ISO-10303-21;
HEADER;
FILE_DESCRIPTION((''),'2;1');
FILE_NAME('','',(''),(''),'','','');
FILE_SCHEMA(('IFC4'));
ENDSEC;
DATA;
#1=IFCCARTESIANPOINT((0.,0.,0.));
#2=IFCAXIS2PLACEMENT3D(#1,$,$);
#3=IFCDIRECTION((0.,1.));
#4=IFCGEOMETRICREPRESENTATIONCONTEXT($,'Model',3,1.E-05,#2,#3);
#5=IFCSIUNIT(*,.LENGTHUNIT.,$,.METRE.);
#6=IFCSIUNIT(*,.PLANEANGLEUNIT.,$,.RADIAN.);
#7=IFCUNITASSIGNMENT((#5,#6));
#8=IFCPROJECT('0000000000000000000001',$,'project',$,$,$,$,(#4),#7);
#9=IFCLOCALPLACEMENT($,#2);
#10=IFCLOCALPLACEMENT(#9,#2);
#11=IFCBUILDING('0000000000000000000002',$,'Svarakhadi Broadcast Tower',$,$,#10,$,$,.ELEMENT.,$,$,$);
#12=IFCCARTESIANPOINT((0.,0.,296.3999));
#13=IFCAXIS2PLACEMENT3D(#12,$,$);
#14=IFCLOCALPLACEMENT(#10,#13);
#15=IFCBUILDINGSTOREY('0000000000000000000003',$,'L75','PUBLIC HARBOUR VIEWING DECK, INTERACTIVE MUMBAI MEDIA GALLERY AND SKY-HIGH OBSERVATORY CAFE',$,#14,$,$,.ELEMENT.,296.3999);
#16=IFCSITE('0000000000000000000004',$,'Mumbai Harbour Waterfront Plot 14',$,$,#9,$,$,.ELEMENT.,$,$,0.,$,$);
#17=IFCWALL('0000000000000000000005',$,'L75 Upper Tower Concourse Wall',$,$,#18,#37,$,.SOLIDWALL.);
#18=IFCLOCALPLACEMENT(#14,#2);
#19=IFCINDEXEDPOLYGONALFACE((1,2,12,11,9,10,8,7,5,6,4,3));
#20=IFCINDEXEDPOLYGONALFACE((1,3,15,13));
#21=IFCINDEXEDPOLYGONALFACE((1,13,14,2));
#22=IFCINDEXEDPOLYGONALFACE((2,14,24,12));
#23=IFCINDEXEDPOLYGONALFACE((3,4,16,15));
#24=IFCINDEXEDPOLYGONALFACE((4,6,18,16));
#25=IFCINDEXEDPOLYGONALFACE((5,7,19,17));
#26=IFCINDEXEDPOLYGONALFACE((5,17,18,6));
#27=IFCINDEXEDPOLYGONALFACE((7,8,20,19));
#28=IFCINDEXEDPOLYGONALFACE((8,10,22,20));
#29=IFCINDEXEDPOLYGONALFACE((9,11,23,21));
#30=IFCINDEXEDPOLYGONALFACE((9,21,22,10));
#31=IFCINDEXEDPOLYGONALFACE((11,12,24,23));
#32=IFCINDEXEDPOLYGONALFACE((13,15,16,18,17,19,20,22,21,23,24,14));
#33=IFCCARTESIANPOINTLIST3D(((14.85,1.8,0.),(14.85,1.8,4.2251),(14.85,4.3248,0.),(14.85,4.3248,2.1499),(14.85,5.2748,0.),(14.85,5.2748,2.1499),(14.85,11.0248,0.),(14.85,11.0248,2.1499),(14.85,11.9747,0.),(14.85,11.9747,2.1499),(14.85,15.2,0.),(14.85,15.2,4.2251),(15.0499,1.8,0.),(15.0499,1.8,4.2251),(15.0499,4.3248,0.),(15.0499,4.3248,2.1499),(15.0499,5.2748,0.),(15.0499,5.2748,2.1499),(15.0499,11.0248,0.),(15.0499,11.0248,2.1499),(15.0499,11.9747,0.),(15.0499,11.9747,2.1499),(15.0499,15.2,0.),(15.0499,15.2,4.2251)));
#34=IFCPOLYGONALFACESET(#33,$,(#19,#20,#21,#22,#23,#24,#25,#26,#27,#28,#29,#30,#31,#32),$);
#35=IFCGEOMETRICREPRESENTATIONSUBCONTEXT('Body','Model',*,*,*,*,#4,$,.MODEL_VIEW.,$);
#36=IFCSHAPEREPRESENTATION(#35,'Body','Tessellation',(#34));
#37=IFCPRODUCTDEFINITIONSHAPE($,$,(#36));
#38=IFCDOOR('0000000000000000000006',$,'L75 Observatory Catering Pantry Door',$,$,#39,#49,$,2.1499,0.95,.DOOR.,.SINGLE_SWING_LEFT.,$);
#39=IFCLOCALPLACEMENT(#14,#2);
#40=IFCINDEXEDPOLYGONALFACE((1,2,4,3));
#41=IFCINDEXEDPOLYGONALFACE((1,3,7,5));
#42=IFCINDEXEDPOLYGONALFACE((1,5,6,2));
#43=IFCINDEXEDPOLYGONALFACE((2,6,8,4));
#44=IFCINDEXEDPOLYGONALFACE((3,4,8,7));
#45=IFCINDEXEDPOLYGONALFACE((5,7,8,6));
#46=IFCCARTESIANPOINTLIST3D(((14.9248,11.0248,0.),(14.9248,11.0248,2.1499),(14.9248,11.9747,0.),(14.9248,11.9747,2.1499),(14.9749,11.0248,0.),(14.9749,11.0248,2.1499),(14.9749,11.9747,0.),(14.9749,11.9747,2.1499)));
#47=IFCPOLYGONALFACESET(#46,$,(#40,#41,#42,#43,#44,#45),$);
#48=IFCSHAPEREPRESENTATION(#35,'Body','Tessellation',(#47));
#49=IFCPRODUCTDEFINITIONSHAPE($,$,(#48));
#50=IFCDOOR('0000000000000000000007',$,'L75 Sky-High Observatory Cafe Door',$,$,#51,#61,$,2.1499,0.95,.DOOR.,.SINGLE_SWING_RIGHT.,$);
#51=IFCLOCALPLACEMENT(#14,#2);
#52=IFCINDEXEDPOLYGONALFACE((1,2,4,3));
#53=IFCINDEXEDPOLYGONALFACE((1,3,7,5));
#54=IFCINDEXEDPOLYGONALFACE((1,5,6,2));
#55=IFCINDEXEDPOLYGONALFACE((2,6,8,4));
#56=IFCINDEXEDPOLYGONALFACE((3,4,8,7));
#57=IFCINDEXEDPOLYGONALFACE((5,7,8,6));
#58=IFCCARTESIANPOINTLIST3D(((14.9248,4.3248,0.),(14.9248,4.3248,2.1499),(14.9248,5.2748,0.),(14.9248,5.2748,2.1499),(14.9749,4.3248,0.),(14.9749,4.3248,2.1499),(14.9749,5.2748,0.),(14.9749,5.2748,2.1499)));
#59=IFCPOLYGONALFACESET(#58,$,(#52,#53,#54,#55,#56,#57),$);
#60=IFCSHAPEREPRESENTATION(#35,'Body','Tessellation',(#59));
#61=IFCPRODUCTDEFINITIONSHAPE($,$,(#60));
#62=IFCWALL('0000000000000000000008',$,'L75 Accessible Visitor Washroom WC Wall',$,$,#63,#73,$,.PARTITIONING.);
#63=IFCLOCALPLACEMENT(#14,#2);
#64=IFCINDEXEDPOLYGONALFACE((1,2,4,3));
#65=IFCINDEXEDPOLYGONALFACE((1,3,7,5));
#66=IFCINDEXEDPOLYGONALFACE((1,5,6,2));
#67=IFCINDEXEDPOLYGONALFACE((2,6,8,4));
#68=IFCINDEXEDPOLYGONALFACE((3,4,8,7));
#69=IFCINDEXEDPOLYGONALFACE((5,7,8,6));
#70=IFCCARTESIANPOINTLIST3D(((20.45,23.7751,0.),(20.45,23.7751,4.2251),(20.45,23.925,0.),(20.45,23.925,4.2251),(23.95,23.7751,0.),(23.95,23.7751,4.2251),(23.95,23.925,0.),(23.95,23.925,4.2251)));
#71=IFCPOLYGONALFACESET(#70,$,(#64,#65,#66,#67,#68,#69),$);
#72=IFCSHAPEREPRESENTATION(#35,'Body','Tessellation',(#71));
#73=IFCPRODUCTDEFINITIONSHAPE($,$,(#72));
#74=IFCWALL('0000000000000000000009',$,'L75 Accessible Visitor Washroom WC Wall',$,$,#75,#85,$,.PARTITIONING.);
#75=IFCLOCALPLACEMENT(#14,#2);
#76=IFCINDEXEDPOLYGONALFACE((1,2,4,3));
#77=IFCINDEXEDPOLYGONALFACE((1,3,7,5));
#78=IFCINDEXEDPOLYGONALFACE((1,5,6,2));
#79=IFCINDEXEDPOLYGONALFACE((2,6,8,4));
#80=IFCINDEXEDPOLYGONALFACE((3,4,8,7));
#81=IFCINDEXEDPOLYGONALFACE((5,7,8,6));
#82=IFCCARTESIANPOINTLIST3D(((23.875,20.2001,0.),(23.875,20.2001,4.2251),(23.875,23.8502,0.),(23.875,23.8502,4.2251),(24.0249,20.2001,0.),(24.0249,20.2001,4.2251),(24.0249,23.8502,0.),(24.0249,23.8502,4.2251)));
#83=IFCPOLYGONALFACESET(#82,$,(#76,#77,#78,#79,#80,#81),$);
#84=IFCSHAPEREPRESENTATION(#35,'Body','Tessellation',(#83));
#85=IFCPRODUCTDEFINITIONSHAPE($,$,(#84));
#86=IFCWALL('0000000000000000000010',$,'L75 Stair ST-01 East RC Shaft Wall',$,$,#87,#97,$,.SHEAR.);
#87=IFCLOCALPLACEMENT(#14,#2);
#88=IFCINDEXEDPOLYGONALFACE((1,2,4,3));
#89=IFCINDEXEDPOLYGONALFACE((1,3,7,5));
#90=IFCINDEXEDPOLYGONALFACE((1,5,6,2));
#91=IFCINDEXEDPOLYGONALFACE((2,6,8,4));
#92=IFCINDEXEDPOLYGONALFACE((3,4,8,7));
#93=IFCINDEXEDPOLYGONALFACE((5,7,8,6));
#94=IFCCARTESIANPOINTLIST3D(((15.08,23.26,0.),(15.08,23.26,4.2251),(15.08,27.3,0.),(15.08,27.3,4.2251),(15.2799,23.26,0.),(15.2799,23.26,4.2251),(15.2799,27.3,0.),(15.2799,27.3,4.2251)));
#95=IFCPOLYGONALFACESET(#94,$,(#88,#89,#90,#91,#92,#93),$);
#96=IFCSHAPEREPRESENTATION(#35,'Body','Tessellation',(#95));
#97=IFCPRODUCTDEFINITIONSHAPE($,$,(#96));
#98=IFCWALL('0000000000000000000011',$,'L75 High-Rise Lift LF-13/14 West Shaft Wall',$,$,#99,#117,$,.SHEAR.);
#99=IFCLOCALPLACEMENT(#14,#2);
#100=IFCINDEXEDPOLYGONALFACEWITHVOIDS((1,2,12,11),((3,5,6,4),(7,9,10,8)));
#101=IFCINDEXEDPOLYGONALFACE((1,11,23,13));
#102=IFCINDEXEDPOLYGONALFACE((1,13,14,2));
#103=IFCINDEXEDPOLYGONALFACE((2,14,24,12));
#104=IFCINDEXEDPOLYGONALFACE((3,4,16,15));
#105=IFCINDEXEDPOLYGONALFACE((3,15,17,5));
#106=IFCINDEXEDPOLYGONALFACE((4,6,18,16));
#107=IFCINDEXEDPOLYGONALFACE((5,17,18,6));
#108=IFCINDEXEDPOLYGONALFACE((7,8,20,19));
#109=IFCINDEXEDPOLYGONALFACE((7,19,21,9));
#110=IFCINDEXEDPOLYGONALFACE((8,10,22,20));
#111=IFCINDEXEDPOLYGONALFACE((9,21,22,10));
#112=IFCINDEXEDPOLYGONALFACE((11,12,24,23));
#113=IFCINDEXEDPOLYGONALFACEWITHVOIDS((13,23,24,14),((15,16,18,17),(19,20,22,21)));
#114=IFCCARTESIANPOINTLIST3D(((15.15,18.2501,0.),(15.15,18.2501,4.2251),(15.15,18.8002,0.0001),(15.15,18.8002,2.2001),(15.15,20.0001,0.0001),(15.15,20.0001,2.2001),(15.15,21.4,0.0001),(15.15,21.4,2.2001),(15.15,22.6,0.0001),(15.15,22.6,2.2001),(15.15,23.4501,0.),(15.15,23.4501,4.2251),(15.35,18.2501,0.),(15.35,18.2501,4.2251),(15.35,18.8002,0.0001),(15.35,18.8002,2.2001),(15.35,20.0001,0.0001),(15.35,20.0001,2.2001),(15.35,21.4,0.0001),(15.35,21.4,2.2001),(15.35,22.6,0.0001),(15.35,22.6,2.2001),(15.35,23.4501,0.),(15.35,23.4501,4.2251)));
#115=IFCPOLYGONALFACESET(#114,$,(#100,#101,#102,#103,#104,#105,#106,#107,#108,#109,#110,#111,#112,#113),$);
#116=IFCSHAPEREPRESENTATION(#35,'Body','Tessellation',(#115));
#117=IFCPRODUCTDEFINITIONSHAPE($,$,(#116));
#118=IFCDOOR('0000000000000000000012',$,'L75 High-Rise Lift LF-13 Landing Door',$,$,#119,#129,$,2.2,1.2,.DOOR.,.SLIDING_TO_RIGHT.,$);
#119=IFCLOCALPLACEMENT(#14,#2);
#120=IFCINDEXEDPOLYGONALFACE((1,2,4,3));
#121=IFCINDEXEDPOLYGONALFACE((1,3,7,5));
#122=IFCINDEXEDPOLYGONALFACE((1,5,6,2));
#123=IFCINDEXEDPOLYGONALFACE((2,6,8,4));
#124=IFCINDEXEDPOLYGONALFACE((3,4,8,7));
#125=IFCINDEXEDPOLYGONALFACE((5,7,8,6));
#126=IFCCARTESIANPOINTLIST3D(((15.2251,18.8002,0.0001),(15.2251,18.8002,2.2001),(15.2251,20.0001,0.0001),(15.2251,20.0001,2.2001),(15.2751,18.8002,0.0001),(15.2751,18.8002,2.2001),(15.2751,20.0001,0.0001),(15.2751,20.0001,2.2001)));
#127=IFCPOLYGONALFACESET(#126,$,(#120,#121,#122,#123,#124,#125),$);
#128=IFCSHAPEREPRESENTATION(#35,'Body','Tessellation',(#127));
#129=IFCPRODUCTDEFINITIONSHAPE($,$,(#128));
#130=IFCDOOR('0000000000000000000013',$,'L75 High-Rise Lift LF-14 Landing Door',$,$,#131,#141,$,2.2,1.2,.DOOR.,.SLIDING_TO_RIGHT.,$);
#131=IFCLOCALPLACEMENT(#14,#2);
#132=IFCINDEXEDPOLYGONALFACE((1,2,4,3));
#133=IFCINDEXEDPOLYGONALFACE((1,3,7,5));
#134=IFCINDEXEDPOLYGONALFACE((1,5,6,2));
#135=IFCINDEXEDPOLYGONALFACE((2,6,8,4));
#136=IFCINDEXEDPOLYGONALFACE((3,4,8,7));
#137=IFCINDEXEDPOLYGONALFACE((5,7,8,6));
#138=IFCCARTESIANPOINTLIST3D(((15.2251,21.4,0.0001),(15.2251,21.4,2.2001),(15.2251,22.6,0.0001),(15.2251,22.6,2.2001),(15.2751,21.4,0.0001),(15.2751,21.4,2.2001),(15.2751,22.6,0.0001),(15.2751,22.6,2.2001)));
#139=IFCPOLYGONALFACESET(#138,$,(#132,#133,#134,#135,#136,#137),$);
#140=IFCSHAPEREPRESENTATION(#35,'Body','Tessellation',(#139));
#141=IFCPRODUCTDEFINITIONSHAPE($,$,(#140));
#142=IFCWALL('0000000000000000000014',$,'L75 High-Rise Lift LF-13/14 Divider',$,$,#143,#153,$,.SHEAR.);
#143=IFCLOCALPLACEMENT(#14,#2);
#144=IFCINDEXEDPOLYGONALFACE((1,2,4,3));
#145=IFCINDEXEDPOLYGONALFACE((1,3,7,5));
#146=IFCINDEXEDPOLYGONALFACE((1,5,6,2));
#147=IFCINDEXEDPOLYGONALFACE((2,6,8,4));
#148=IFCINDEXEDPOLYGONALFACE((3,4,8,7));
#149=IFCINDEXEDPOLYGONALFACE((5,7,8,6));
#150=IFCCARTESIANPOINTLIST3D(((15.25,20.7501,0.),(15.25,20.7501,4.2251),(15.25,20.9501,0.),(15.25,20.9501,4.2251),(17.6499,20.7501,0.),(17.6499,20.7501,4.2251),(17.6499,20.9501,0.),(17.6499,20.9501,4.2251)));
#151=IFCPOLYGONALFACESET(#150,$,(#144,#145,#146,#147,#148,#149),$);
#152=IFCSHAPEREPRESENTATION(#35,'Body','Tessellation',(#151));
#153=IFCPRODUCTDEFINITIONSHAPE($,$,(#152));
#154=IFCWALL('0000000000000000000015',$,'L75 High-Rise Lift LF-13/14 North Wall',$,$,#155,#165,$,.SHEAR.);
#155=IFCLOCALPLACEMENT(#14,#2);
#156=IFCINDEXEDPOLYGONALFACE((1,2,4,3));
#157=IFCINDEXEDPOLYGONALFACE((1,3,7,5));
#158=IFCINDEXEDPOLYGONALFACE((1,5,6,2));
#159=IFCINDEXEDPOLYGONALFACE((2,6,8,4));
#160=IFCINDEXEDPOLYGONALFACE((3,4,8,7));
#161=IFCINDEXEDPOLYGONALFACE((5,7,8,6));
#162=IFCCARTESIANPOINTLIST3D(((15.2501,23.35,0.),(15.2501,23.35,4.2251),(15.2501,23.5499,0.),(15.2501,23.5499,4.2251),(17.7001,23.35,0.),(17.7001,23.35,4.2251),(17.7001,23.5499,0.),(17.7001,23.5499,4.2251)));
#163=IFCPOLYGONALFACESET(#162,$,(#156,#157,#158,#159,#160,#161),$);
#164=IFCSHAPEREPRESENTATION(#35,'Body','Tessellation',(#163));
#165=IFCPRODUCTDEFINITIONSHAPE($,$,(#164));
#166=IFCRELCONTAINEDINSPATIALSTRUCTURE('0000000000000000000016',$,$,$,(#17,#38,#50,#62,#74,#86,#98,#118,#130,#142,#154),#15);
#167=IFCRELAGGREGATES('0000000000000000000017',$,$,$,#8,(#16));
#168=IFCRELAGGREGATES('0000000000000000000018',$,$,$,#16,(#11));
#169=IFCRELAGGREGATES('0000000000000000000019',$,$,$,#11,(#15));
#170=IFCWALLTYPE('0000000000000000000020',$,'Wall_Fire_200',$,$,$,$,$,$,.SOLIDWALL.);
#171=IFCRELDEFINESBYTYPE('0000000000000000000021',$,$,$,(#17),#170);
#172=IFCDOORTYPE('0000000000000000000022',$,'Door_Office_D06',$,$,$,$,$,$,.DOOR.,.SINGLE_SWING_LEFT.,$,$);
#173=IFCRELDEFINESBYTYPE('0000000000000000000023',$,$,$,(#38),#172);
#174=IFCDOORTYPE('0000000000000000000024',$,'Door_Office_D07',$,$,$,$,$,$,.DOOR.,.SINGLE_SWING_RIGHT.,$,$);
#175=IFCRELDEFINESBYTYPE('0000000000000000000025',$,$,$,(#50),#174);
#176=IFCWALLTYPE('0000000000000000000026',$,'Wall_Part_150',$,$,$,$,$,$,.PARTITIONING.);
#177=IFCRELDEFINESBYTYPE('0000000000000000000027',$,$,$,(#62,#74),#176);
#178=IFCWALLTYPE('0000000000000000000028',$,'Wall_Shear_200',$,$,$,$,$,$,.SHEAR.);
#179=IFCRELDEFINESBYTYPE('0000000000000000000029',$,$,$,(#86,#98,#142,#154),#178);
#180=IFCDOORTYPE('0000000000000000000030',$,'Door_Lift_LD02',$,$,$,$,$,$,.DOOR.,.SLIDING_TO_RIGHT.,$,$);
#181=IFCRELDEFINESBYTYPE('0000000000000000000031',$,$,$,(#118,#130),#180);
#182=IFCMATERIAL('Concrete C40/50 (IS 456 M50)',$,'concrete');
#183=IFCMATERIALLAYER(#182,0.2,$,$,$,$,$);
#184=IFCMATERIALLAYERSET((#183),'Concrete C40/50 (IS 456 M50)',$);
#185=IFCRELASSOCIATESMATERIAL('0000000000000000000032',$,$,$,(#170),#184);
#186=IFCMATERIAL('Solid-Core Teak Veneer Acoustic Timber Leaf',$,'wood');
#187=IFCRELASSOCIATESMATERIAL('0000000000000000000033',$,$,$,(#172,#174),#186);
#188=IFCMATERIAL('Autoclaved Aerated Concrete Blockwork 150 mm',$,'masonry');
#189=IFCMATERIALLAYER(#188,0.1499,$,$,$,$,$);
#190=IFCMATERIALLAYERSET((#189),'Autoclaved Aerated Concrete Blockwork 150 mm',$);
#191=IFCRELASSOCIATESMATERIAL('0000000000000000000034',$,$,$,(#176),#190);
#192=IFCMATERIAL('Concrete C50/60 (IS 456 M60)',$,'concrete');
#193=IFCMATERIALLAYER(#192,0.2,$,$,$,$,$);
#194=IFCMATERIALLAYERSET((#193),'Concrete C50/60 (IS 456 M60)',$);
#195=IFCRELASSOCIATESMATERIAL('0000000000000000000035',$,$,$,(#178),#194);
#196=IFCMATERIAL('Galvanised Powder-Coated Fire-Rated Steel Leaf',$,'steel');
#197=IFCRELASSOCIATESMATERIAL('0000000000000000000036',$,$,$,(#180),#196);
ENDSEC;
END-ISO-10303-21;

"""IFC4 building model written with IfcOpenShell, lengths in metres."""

from ifc_helpers import new_model, si_unit, direction, frame, frame_2d, origin, place, context, subcontext, project, spatial, rectangle, extrude, material, layer, layer_set, type_object, element, fill, save


model = new_model("IFC4")

# Units and contexts
model_context = context("Model", 3, precision=1e-05, world=origin(), true_north=direction((0.0, 1.0)))
body_context = subcontext(model_context, "Body", "Model", "MODEL_VIEW")
ifc_project = project(units=[si_unit("LENGTHUNIT", "METRE"), si_unit("PLANEANGLEUNIT", "RADIAN")], contexts=[model_context])

# Site, building, storey
site_placement = place(None, origin())
site = spatial("IfcSite", under=ifc_project, at=site_placement, Name="Mumbai Harbour Waterfront Plot 14", CompositionType="ELEMENT", RefElevation=0.0)
building_placement = place(site_placement, origin())
building = spatial("IfcBuilding", under=site, at=building_placement, Name="Svarakhadi Broadcast Tower", CompositionType="ELEMENT")
storey_placement = place(building_placement, frame((0.0, 0.0, 296.3999)))
storey = spatial("IfcBuildingStorey", under=building, at=storey_placement, Name="L75", Description="PUBLIC HARBOUR VIEWING DECK, INTERACTIVE MUMBAI MEDIA GALLERY AND SKY-HIGH OBSERVATORY CAFE", CompositionType="ELEMENT", Elevation=296.3999)

# Shared definitions
ifc_material_1 = material(Name="Concrete C50/60 (IS 456 M60)", Category="concrete")

# Shared definitions
ifc_material_2 = material(Name="Concrete C40/50 (IS 456 M50)", Category="concrete")
ifc_layer_1 = layer(ifc_material_2, 0.2)
ifc_layer_set_1 = layer_set([ifc_layer_1], Name="Concrete C40/50 (IS 456 M50)")
wall_type_1 = type_object("IfcWallType", Name="Wall_Fire_200", PredefinedType="SOLIDWALL", material=ifc_layer_set_1)
ifc_material_3 = material(Name="Solid-Core Teak Veneer Acoustic Timber Leaf", Category="wood")

# Wall, openings, doors
wall_1_placement = place(storey_placement, frame((14.95, 15.2, 0.0), z_axis=(0.0, 0.0, 1.0), x_axis=(0.0, -1.0, 0.0)))
wall_1 = element("IfcWall", 1, at=wall_1_placement, inside=storey, type_object=wall_type_1, Name="L75 Upper Tower Concourse Wall", PredefinedType="SOLIDWALL", context=body_context, shape_type="SweptSolid", body=[
    extrude(rectangle(XDim=13.3999, YDim=0.2, at=frame_2d((6.7, 0.0))), origin(), (0.0, 0.0, 1.0), 4.2251),
])
opening_1_placement = place(wall_1_placement, frame((9.925, 0.0, 0.0)))
opening_1 = element("IfcOpeningElement", 2, at=opening_1_placement, cuts=wall_1, PredefinedType="OPENING", context=body_context, shape_type="SweptSolid", body=[
    extrude(rectangle(XDim=0.95, YDim=2.1499, at=frame_2d((0.4751, 1.075))), frame((0.0, 0.1099, 0.0), z_axis=(0.0, -1.0, 0.0), x_axis=(1.0, 0.0, 0.0)), (0.0, 0.0, 1.0), 0.22),
])
opening_2_placement = place(wall_1_placement, frame((3.2251, 0.0, 0.0)))
opening_2 = element("IfcOpeningElement", 3, at=opening_2_placement, cuts=wall_1, PredefinedType="OPENING", context=body_context, shape_type="SweptSolid", body=[
    extrude(rectangle(XDim=0.95, YDim=2.1499, at=frame_2d((0.4751, 1.075))), frame((0.0, 0.1099, 0.0), z_axis=(0.0, -1.0, 0.0), x_axis=(1.0, 0.0, 0.0)), (0.0, 0.0, 1.0), 0.22),
])
door_type_1 = type_object("IfcDoorType", Name="Door_Office_D06", OperationType="SINGLE_SWING_LEFT", PredefinedType="DOOR", material=ifc_material_3)
door_1_placement = place(opening_2_placement, origin())
door_1 = element("IfcDoor", 4, at=door_1_placement, inside=storey, type_object=door_type_1, Name="L75 Observatory Catering Pantry Door", OperationType="SINGLE_SWING_LEFT", OverallHeight=2.1499, OverallWidth=0.95, PredefinedType="DOOR", context=body_context, shape_type="SweptSolid", body=[
    extrude(rectangle(XDim=0.95, YDim=2.1499, at=frame_2d((0.4751, 1.075))), frame((0.0, 0.0249, 0.0), z_axis=(0.0, -1.0, 0.0), x_axis=(1.0, 0.0, 0.0)), (0.0, 0.0, 1.0), 0.05),
])
fill(opening_2, door_1)
door_type_2 = type_object("IfcDoorType", Name="Door_Office_D07", OperationType="SINGLE_SWING_RIGHT", PredefinedType="DOOR", material=ifc_material_3)
door_2_placement = place(opening_1_placement, origin())
door_2 = element("IfcDoor", 5, at=door_2_placement, inside=storey, type_object=door_type_2, Name="L75 Sky-High Observatory Cafe Door", OperationType="SINGLE_SWING_RIGHT", OverallHeight=2.1499, OverallWidth=0.95, PredefinedType="DOOR", context=body_context, shape_type="SweptSolid", body=[
    extrude(rectangle(XDim=0.95, YDim=2.1499, at=frame_2d((0.4751, 1.075))), frame((0.0, 0.0249, 0.0), z_axis=(0.0, -1.0, 0.0), x_axis=(1.0, 0.0, 0.0)), (0.0, 0.0, 1.0), 0.05),
])
fill(opening_1, door_2)

# Shared definitions
ifc_material_4 = material(Name="Autoclaved Aerated Concrete Blockwork 150 mm", Category="masonry")
ifc_layer_2 = layer(ifc_material_4, 0.1499)
ifc_layer_set_2 = layer_set([ifc_layer_2], Name="Autoclaved Aerated Concrete Blockwork 150 mm")
wall_type_2 = type_object("IfcWallType", Name="Wall_Part_150", PredefinedType="PARTITIONING", material=ifc_layer_set_2)
ifc_material_5 = material(Name="Galvanised Powder-Coated Fire-Rated Steel Leaf", Category="steel")

# Walls
wall_2_placement = place(storey_placement, frame((20.45, 23.8501, 0.0), z_axis=(0.0, 0.0, 1.0), x_axis=(1.0, 0.0, 0.0)))
element("IfcWall", 6, at=wall_2_placement, inside=storey, type_object=wall_type_2, Name="L75 Accessible Visitor Washroom WC Wall", PredefinedType="PARTITIONING", context=body_context, shape_type="SweptSolid", body=[
    extrude(rectangle(XDim=3.5, YDim=0.1499, at=frame_2d((1.75, 0.0))), origin(), (0.0, 0.0, 1.0), 4.2251),
])
wall_3_placement = place(storey_placement, frame((23.95, 20.2, 0.0), z_axis=(0.0, 0.0, 1.0), x_axis=(0.0, 1.0, 0.0)))
element("IfcWall", 7, at=wall_3_placement, inside=storey, type_object=wall_type_2, Name="L75 Accessible Visitor Washroom WC Wall", PredefinedType="PARTITIONING", context=body_context, shape_type="SweptSolid", body=[
    extrude(rectangle(XDim=3.6501, YDim=0.1499, at=frame_2d((1.8252, 0.0))), origin(), (0.0, 0.0, 1.0), 4.2251),
])
ifc_layer_3 = layer(ifc_material_1, 0.2)
ifc_layer_set_3 = layer_set([ifc_layer_3], Name="Concrete C50/60 (IS 456 M60)")
wall_type_3 = type_object("IfcWallType", Name="Wall_Shear_200", PredefinedType="SHEAR", material=ifc_layer_set_3)
wall_4_placement = place(storey_placement, frame((15.1799, 23.26, 0.0), z_axis=(0.0, 0.0, 1.0), x_axis=(0.0, 1.0, 0.0)))
element("IfcWall", 8, at=wall_4_placement, inside=storey, type_object=wall_type_3, Name="L75 Stair ST-01 East RC Shaft Wall", PredefinedType="SHEAR", context=body_context, shape_type="SweptSolid", body=[
    extrude(rectangle(XDim=4.04, YDim=0.2, at=frame_2d((2.02, 0.0))), origin(), (0.0, 0.0, 1.0), 4.2251),
])

# Wall, openings, doors
wall_5_placement = place(storey_placement, frame((15.25, 18.25, 0.0), z_axis=(0.0, 0.0, 1.0), x_axis=(0.0, 1.0, 0.0)))
wall_5 = element("IfcWall", 9, at=wall_5_placement, inside=storey, type_object=wall_type_3, Name="L75 High-Rise Lift LF-13/14 West Shaft Wall", PredefinedType="SHEAR", context=body_context, shape_type="SweptSolid", body=[
    extrude(rectangle(XDim=5.2, YDim=0.2, at=frame_2d((2.6001, 0.0))), origin(), (0.0, 0.0, 1.0), 4.2251),
])
opening_3_placement = place(wall_5_placement, frame((0.55, 0.0, 0.0)))
opening_3 = element("IfcOpeningElement", 10, at=opening_3_placement, cuts=wall_5, PredefinedType="OPENING", context=body_context, shape_type="SweptSolid", body=[
    extrude(rectangle(XDim=1.2, YDim=2.2, at=frame_2d((0.6001, 1.1001))), frame((0.0, 0.1099, 0.0), z_axis=(0.0, -1.0, 0.0), x_axis=(1.0, 0.0, 0.0)), (0.0, 0.0, 1.0), 0.22),
])
opening_4_placement = place(wall_5_placement, frame((3.1499, 0.0, 0.0)))
opening_4 = element("IfcOpeningElement", 11, at=opening_4_placement, cuts=wall_5, PredefinedType="OPENING", context=body_context, shape_type="SweptSolid", body=[
    extrude(rectangle(XDim=1.2, YDim=2.2, at=frame_2d((0.6001, 1.1001))), frame((0.0, 0.1099, 0.0), z_axis=(0.0, -1.0, 0.0), x_axis=(1.0, 0.0, 0.0)), (0.0, 0.0, 1.0), 0.22),
])
door_type_3 = type_object("IfcDoorType", Name="Door_Lift_LD02", OperationType="SLIDING_TO_RIGHT", PredefinedType="DOOR", material=ifc_material_5)
door_3_placement = place(opening_3_placement, origin())
door_3 = element("IfcDoor", 12, at=door_3_placement, inside=storey, type_object=door_type_3, Name="L75 High-Rise Lift LF-13 Landing Door", OperationType="SLIDING_TO_RIGHT", OverallHeight=2.2, OverallWidth=1.2, PredefinedType="DOOR", context=body_context, shape_type="SweptSolid", body=[
    extrude(rectangle(XDim=1.2, YDim=2.2, at=frame_2d((0.6001, 1.1001))), frame((0.0, 0.0249, 0.0), z_axis=(0.0, -1.0, 0.0), x_axis=(1.0, 0.0, 0.0)), (0.0, 0.0, 1.0), 0.05),
])
fill(opening_3, door_3)
door_4_placement = place(opening_4_placement, origin())
door_4 = element("IfcDoor", 13, at=door_4_placement, inside=storey, type_object=door_type_3, Name="L75 High-Rise Lift LF-14 Landing Door", OperationType="SLIDING_TO_RIGHT", OverallHeight=2.2, OverallWidth=1.2, PredefinedType="DOOR", context=body_context, shape_type="SweptSolid", body=[
    extrude(rectangle(XDim=1.2, YDim=2.2, at=frame_2d((0.6001, 1.1001))), frame((0.0, 0.0249, 0.0), z_axis=(0.0, -1.0, 0.0), x_axis=(1.0, 0.0, 0.0)), (0.0, 0.0, 1.0), 0.05),
])
fill(opening_4, door_4)

# Walls
wall_6_placement = place(storey_placement, frame((15.25, 20.8501, 0.0), z_axis=(0.0, 0.0, 1.0), x_axis=(1.0, 0.0, 0.0)))
element("IfcWall", 14, at=wall_6_placement, inside=storey, type_object=wall_type_3, Name="L75 High-Rise Lift LF-13/14 Divider", PredefinedType="SHEAR", context=body_context, shape_type="SweptSolid", body=[
    extrude(rectangle(XDim=2.3999, YDim=0.2, at=frame_2d((1.2, 0.0))), origin(), (0.0, 0.0, 1.0), 4.2251),
])
wall_7_placement = place(storey_placement, frame((15.25, 23.45, 0.0), z_axis=(0.0, 0.0, 1.0), x_axis=(1.0, 0.0, 0.0)))
element("IfcWall", 15, at=wall_7_placement, inside=storey, type_object=wall_type_3, Name="L75 High-Rise Lift LF-13/14 North Wall", PredefinedType="SHEAR", context=body_context, shape_type="SweptSolid", body=[
    extrude(rectangle(XDim=2.45, YDim=0.2, at=frame_2d((1.2251, 0.0))), origin(), (0.0, 0.0, 1.0), 4.2251),
])

save(model, "model.ifc")
